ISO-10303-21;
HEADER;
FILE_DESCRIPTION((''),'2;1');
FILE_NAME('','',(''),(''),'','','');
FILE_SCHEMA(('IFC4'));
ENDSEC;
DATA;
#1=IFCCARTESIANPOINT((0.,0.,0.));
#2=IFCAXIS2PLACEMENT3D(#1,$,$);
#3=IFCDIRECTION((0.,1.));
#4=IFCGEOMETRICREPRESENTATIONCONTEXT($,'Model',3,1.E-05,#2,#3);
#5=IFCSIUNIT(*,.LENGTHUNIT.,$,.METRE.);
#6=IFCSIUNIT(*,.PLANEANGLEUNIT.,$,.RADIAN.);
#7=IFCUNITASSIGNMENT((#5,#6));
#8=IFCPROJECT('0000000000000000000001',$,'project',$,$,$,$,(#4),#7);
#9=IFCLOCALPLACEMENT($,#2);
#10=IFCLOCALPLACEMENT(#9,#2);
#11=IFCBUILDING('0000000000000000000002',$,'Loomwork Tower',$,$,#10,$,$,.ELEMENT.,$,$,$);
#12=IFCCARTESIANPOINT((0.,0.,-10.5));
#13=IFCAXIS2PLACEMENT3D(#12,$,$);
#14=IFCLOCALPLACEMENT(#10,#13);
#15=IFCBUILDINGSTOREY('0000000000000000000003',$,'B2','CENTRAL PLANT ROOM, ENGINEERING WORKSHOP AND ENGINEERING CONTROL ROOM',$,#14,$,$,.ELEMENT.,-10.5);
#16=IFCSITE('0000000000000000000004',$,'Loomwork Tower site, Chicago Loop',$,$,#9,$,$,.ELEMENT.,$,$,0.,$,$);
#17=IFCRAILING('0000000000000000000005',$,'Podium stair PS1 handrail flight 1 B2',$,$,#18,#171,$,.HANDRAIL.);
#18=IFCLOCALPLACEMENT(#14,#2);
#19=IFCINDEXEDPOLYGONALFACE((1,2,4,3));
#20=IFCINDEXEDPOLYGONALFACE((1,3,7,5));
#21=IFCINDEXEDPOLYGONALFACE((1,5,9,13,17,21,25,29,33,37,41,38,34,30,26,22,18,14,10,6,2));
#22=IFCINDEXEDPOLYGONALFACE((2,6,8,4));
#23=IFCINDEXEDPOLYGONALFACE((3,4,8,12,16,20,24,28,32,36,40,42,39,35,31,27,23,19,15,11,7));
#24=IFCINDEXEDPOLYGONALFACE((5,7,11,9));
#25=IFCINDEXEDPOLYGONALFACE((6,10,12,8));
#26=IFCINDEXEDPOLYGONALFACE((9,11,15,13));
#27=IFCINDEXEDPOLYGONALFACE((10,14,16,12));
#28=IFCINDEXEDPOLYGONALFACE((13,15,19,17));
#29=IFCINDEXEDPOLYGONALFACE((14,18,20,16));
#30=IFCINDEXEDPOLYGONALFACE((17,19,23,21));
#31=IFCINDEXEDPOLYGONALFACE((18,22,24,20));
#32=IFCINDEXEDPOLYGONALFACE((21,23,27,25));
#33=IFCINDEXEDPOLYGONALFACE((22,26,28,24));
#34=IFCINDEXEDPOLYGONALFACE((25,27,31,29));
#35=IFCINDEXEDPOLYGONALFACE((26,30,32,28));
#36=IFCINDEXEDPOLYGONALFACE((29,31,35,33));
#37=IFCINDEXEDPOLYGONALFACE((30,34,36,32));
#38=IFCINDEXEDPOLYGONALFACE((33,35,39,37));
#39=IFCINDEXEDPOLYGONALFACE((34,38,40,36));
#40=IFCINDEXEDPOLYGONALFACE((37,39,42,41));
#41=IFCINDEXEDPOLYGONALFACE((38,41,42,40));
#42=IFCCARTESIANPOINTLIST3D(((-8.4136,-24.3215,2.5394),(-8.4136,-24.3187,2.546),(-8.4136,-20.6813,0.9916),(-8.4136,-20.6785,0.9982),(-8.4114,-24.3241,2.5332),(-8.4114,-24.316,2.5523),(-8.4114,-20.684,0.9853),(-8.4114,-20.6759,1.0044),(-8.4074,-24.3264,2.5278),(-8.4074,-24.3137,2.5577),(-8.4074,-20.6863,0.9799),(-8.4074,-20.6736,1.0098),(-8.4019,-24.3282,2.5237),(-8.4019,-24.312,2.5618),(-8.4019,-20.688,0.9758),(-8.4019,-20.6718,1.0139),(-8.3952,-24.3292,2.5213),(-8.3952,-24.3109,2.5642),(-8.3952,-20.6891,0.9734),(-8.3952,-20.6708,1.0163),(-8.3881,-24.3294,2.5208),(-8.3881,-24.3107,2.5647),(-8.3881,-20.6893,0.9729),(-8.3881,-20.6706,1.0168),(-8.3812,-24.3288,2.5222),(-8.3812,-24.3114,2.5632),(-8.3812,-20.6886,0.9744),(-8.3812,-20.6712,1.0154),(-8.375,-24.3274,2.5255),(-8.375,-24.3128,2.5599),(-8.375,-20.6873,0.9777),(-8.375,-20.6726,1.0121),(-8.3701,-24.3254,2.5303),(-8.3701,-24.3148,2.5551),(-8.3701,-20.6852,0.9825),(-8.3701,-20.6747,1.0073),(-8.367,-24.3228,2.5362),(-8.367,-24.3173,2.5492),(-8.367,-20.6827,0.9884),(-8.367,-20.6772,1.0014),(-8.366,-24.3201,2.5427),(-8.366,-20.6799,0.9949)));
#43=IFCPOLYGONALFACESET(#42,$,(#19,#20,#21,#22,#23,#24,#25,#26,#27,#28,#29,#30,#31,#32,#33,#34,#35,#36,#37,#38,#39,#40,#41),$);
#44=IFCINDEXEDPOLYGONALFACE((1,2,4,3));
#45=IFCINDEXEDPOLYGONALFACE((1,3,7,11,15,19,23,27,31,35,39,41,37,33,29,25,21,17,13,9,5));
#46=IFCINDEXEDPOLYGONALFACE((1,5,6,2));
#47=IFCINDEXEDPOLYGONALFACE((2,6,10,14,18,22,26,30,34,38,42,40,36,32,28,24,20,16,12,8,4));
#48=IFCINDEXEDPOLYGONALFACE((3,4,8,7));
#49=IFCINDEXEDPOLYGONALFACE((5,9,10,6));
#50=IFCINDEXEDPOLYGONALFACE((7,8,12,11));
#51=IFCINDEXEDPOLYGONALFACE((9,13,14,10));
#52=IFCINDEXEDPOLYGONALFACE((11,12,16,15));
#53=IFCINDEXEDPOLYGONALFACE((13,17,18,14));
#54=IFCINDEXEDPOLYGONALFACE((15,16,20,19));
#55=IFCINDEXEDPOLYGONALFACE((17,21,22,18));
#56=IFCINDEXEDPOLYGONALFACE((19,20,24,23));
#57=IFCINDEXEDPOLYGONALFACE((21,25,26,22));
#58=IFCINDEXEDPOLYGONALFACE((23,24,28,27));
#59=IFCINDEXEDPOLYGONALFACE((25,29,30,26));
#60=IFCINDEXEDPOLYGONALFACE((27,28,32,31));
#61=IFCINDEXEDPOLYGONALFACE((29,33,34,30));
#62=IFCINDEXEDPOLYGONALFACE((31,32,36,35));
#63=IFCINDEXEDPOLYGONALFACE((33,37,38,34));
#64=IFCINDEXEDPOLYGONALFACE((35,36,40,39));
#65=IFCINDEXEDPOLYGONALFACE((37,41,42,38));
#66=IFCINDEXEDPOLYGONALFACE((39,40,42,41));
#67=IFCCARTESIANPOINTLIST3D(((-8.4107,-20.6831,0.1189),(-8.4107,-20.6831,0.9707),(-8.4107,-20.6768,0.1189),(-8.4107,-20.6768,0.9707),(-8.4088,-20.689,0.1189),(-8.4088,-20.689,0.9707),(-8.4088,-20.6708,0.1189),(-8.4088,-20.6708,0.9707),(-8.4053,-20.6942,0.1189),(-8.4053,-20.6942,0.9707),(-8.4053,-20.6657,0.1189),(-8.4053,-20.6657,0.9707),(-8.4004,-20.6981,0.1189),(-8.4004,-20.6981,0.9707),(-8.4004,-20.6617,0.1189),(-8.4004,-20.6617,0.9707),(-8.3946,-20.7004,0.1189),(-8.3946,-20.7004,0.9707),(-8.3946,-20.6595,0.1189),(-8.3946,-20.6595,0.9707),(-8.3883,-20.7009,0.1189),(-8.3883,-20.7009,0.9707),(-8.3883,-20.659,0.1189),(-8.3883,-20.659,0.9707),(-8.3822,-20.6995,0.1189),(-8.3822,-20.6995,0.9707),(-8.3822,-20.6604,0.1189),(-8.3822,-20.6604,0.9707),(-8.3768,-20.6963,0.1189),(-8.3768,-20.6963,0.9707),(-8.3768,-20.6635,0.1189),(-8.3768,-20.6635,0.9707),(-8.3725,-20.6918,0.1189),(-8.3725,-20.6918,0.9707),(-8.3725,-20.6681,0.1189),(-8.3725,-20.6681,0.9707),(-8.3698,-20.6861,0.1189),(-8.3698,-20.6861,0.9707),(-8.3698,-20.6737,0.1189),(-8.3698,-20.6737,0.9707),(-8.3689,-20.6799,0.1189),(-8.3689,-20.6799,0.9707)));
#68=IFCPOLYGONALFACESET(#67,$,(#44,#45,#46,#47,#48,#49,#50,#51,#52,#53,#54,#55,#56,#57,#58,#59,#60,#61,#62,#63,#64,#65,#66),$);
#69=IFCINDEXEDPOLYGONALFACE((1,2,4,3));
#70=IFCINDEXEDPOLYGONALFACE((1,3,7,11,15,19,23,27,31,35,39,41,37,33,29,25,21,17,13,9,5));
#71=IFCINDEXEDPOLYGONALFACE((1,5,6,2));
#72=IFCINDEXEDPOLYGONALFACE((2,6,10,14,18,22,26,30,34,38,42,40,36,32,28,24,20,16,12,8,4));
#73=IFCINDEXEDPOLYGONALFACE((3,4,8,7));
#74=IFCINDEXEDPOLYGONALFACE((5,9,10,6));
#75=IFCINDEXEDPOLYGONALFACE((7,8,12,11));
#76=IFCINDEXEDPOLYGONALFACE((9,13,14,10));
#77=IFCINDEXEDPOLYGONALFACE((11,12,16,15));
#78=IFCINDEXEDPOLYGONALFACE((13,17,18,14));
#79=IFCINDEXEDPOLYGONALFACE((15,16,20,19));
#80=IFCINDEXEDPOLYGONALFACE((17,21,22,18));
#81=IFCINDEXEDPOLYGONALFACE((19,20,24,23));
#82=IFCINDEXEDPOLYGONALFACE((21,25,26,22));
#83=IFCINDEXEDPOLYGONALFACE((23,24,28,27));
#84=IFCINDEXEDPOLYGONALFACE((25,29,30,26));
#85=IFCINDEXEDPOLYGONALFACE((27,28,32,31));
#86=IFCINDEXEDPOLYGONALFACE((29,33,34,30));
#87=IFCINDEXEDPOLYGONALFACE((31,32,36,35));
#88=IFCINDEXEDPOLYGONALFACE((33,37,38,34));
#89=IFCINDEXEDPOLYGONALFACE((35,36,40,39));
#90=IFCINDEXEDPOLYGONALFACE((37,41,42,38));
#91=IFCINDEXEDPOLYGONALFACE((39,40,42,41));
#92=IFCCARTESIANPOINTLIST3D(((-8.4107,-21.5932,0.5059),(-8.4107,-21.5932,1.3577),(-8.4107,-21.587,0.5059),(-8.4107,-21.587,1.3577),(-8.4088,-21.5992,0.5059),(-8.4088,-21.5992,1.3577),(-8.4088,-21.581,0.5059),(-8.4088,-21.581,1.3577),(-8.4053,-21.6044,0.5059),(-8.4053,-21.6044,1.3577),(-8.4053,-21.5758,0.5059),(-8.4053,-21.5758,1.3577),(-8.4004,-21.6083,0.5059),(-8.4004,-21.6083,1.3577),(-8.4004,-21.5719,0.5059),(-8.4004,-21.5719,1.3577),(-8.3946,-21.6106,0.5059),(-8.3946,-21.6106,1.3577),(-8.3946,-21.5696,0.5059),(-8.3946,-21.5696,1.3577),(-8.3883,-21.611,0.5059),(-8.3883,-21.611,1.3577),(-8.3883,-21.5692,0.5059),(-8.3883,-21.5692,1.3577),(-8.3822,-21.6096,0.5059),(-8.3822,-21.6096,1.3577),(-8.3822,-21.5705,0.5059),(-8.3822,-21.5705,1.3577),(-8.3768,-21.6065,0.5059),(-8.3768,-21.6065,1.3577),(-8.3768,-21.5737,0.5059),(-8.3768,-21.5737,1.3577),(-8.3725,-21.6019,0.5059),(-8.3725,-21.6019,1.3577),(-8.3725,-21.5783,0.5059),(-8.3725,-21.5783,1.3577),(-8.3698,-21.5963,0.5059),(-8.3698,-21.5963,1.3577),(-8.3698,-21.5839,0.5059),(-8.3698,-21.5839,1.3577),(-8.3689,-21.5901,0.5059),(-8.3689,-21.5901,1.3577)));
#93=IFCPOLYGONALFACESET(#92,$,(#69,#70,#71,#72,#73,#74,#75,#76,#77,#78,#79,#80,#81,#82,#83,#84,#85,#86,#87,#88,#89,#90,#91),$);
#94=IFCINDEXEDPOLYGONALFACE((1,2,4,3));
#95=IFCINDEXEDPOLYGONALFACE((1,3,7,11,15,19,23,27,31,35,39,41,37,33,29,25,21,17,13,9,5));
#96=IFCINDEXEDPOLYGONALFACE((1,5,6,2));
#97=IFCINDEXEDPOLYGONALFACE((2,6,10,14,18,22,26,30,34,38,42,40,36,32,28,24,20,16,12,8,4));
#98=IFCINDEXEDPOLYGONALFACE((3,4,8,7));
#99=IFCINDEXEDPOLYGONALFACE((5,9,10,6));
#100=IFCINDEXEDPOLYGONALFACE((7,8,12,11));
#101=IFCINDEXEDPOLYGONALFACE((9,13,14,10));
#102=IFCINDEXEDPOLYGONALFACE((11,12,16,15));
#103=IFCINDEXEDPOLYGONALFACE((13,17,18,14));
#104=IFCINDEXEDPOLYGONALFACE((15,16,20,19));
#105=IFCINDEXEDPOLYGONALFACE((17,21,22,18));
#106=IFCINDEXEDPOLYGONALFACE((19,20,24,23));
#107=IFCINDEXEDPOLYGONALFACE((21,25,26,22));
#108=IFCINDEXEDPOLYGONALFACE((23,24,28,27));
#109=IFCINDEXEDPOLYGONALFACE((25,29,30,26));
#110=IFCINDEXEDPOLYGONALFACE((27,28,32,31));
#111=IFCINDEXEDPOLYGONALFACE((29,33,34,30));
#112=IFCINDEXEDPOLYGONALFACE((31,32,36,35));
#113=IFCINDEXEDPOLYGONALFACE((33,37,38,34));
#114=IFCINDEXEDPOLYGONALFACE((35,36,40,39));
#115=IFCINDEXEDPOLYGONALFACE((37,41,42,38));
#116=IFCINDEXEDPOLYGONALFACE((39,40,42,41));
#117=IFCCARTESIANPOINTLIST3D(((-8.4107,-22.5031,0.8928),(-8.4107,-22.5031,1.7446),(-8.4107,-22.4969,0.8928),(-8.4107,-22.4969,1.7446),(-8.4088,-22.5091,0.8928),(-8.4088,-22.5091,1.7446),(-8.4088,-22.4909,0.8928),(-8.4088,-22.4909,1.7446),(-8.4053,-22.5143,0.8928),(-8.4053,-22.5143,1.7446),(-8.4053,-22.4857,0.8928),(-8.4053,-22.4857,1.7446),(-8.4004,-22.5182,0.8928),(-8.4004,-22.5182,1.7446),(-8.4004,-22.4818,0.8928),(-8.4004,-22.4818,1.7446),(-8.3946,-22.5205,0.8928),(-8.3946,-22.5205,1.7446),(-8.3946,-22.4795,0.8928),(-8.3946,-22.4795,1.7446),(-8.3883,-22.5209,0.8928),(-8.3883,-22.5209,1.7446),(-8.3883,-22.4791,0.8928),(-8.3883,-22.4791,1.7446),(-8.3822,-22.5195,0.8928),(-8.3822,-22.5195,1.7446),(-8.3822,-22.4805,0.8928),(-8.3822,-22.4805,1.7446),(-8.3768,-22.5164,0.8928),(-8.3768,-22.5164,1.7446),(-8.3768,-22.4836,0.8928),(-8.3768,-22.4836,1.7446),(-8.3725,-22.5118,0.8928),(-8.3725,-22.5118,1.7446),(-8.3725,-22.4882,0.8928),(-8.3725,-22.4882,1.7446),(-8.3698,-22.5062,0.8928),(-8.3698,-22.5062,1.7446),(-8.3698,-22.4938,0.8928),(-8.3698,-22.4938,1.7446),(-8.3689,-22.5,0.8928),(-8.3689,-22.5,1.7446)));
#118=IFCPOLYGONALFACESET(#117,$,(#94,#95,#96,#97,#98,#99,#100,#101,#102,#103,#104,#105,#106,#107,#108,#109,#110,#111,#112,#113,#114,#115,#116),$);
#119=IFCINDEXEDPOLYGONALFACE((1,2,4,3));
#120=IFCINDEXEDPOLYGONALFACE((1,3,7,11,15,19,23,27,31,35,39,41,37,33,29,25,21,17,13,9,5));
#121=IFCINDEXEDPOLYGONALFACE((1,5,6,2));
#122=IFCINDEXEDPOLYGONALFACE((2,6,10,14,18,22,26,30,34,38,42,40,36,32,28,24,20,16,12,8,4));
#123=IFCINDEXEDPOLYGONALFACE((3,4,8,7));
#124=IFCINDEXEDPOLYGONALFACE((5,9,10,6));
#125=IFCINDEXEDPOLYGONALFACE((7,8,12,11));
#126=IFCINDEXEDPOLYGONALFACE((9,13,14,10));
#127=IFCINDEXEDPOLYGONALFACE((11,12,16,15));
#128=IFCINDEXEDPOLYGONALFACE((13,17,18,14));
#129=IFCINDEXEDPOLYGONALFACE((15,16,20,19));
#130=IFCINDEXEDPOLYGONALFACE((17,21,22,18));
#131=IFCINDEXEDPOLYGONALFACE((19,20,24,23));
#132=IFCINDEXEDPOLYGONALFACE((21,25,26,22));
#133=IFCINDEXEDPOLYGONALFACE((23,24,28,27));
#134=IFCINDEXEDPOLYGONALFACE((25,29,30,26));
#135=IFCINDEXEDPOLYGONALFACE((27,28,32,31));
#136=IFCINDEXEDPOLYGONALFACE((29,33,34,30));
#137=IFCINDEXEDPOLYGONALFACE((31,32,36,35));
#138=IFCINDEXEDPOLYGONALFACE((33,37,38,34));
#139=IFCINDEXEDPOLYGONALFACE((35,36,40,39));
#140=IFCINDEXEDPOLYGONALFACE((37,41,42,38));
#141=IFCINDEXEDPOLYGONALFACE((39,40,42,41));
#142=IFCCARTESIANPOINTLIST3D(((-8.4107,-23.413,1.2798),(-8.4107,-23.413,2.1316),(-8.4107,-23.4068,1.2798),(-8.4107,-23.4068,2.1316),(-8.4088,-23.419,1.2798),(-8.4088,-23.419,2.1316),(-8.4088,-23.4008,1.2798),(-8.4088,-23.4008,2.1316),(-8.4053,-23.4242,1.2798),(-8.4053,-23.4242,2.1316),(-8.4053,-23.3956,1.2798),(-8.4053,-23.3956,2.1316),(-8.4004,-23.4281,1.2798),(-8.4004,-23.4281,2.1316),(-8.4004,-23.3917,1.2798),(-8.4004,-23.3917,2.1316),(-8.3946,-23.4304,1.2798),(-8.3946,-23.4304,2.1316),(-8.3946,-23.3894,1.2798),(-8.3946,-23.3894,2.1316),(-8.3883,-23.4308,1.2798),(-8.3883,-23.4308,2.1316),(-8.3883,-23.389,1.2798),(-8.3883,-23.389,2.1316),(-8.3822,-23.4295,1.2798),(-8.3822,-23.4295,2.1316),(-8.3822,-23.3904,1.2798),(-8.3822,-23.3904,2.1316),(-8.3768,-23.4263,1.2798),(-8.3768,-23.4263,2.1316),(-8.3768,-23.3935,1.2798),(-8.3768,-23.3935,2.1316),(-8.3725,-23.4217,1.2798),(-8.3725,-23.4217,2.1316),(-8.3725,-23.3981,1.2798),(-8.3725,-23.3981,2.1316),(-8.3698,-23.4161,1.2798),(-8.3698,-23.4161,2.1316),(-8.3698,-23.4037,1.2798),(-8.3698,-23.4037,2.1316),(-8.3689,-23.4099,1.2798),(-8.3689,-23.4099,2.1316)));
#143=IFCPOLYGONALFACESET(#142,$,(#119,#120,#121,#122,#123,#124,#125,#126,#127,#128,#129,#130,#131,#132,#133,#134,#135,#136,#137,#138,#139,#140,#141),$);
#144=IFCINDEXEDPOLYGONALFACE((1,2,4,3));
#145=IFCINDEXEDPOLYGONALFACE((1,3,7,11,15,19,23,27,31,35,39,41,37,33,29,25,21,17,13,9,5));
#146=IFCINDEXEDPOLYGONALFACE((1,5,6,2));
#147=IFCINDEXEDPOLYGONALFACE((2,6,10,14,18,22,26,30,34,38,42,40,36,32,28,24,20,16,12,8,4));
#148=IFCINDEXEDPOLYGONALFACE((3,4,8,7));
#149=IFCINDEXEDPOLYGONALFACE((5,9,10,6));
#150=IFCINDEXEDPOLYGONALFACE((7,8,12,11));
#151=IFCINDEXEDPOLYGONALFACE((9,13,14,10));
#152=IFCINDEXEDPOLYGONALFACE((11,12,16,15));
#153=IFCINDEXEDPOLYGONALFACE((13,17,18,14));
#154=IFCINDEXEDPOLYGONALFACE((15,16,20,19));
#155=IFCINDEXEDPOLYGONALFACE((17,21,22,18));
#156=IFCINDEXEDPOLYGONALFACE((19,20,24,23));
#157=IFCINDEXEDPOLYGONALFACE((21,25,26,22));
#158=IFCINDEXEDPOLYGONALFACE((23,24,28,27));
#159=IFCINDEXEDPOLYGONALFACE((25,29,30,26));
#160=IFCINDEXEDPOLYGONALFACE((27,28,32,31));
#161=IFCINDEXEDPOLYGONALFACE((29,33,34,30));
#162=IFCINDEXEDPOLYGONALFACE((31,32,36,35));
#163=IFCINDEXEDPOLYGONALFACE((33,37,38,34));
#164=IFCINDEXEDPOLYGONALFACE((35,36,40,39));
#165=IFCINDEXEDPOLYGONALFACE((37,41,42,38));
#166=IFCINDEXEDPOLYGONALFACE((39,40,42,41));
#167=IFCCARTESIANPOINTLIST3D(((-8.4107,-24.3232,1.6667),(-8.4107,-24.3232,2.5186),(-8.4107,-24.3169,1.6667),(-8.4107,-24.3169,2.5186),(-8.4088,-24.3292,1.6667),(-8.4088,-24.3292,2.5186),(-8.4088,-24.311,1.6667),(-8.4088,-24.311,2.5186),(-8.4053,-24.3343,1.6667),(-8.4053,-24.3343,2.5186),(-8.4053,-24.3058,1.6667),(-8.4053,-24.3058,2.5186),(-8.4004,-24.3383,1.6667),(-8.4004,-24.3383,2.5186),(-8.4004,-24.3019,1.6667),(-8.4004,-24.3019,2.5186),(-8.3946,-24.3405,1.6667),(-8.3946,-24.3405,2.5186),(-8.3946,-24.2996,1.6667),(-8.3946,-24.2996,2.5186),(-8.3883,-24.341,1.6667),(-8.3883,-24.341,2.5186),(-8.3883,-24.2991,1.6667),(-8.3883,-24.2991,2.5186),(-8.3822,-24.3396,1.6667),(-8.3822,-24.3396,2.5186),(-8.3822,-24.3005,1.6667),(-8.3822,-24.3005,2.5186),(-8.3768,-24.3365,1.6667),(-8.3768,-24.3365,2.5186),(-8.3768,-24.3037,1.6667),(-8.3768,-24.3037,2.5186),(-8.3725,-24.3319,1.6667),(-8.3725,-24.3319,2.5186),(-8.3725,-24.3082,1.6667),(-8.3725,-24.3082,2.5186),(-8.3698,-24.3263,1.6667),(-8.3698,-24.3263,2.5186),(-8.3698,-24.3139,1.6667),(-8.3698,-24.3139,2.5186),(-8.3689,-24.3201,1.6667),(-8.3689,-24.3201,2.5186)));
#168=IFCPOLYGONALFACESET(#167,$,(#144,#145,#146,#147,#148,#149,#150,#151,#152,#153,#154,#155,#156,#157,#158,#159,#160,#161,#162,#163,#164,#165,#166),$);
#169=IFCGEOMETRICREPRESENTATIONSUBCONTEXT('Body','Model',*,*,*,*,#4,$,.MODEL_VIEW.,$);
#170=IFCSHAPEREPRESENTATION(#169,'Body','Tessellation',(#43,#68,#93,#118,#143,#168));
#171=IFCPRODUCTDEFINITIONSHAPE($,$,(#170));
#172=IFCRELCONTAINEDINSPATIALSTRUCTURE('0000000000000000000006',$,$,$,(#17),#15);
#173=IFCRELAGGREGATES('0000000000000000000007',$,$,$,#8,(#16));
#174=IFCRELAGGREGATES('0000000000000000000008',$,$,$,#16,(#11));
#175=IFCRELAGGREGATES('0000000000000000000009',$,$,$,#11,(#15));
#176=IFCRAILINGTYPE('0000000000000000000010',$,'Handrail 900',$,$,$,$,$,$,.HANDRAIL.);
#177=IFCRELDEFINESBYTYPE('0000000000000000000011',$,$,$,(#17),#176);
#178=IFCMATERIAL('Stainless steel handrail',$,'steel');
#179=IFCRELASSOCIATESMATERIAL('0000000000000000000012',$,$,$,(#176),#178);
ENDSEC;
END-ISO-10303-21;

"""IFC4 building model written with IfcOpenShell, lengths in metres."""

from ifc_helpers import new_model, si_unit, direction, frame, origin, origin_2d, place, context, subcontext, project, spatial, circle, extrude, material, type_object, element, save


model = new_model("IFC4")

# Units and contexts
model_context = context("Model", 3, precision=1e-05, world=origin(), true_north=direction((0.0, 1.0)))
body_context = subcontext(model_context, "Body", "Model", "MODEL_VIEW")
ifc_project = project(units=[si_unit("LENGTHUNIT", "METRE"), si_unit("PLANEANGLEUNIT", "RADIAN")], contexts=[model_context])

# Site, building, storey
site_placement = place(None, origin())
site = spatial("IfcSite", under=ifc_project, at=site_placement, Name="Loomwork Tower site, Chicago Loop", CompositionType="ELEMENT", RefElevation=0.0)
building_placement = place(site_placement, origin())
building = spatial("IfcBuilding", under=site, at=building_placement, Name="Loomwork Tower", CompositionType="ELEMENT")
storey_placement = place(building_placement, frame((0.0, 0.0, -10.5)))
storey = spatial("IfcBuildingStorey", under=building, at=storey_placement, Name="B2", Description="CENTRAL PLANT ROOM, ENGINEERING WORKSHOP AND ENGINEERING CONTROL ROOM", CompositionType="ELEMENT", Elevation=-10.5)

# Railing
ifc_material_1 = material(Name="Stainless steel handrail", Category="steel")
railing_type = type_object("IfcRailingType", Name="Handrail 900", PredefinedType="HANDRAIL", material=ifc_material_1)
railing_1_placement = place(storey_placement, frame((-8.3899, -20.6799, 0.1189)))
element("IfcRailing", 1, at=railing_1_placement, inside=storey, type_object=railing_type, Name="Podium stair PS1 handrail flight 1 B2", PredefinedType="HANDRAIL", context=body_context, shape_type="SweptSolid", body=[
    extrude(circle(Radius=0.0239, at=origin_2d()), frame((0.0, 0.0, 0.876), z_axis=(0.0, -0.920259, 0.391311), x_axis=(1.0, 0.0, 0.0)), (0.0, 0.0, 1.0), 3.9556),
    extrude(circle(Radius=0.021, at=origin_2d()), origin(), (0.0, 0.0, 1.0), 0.8518),
    extrude(circle(Radius=0.021, at=origin_2d()), frame((0.0, -0.9102, 0.387)), (0.0, 0.0, 1.0), 0.8518),
    extrude(circle(Radius=0.021, at=origin_2d()), frame((0.0, -1.8201, 0.7739)), (0.0, 0.0, 1.0), 0.8518),
    extrude(circle(Radius=0.021, at=origin_2d()), frame((0.0, -2.73, 1.1609)), (0.0, 0.0, 1.0), 0.8518),
    extrude(circle(Radius=0.021, at=origin_2d()), frame((0.0, -3.6401, 1.5479)), (0.0, 0.0, 1.0), 0.8518),
])

save(model, "model.ifc")
